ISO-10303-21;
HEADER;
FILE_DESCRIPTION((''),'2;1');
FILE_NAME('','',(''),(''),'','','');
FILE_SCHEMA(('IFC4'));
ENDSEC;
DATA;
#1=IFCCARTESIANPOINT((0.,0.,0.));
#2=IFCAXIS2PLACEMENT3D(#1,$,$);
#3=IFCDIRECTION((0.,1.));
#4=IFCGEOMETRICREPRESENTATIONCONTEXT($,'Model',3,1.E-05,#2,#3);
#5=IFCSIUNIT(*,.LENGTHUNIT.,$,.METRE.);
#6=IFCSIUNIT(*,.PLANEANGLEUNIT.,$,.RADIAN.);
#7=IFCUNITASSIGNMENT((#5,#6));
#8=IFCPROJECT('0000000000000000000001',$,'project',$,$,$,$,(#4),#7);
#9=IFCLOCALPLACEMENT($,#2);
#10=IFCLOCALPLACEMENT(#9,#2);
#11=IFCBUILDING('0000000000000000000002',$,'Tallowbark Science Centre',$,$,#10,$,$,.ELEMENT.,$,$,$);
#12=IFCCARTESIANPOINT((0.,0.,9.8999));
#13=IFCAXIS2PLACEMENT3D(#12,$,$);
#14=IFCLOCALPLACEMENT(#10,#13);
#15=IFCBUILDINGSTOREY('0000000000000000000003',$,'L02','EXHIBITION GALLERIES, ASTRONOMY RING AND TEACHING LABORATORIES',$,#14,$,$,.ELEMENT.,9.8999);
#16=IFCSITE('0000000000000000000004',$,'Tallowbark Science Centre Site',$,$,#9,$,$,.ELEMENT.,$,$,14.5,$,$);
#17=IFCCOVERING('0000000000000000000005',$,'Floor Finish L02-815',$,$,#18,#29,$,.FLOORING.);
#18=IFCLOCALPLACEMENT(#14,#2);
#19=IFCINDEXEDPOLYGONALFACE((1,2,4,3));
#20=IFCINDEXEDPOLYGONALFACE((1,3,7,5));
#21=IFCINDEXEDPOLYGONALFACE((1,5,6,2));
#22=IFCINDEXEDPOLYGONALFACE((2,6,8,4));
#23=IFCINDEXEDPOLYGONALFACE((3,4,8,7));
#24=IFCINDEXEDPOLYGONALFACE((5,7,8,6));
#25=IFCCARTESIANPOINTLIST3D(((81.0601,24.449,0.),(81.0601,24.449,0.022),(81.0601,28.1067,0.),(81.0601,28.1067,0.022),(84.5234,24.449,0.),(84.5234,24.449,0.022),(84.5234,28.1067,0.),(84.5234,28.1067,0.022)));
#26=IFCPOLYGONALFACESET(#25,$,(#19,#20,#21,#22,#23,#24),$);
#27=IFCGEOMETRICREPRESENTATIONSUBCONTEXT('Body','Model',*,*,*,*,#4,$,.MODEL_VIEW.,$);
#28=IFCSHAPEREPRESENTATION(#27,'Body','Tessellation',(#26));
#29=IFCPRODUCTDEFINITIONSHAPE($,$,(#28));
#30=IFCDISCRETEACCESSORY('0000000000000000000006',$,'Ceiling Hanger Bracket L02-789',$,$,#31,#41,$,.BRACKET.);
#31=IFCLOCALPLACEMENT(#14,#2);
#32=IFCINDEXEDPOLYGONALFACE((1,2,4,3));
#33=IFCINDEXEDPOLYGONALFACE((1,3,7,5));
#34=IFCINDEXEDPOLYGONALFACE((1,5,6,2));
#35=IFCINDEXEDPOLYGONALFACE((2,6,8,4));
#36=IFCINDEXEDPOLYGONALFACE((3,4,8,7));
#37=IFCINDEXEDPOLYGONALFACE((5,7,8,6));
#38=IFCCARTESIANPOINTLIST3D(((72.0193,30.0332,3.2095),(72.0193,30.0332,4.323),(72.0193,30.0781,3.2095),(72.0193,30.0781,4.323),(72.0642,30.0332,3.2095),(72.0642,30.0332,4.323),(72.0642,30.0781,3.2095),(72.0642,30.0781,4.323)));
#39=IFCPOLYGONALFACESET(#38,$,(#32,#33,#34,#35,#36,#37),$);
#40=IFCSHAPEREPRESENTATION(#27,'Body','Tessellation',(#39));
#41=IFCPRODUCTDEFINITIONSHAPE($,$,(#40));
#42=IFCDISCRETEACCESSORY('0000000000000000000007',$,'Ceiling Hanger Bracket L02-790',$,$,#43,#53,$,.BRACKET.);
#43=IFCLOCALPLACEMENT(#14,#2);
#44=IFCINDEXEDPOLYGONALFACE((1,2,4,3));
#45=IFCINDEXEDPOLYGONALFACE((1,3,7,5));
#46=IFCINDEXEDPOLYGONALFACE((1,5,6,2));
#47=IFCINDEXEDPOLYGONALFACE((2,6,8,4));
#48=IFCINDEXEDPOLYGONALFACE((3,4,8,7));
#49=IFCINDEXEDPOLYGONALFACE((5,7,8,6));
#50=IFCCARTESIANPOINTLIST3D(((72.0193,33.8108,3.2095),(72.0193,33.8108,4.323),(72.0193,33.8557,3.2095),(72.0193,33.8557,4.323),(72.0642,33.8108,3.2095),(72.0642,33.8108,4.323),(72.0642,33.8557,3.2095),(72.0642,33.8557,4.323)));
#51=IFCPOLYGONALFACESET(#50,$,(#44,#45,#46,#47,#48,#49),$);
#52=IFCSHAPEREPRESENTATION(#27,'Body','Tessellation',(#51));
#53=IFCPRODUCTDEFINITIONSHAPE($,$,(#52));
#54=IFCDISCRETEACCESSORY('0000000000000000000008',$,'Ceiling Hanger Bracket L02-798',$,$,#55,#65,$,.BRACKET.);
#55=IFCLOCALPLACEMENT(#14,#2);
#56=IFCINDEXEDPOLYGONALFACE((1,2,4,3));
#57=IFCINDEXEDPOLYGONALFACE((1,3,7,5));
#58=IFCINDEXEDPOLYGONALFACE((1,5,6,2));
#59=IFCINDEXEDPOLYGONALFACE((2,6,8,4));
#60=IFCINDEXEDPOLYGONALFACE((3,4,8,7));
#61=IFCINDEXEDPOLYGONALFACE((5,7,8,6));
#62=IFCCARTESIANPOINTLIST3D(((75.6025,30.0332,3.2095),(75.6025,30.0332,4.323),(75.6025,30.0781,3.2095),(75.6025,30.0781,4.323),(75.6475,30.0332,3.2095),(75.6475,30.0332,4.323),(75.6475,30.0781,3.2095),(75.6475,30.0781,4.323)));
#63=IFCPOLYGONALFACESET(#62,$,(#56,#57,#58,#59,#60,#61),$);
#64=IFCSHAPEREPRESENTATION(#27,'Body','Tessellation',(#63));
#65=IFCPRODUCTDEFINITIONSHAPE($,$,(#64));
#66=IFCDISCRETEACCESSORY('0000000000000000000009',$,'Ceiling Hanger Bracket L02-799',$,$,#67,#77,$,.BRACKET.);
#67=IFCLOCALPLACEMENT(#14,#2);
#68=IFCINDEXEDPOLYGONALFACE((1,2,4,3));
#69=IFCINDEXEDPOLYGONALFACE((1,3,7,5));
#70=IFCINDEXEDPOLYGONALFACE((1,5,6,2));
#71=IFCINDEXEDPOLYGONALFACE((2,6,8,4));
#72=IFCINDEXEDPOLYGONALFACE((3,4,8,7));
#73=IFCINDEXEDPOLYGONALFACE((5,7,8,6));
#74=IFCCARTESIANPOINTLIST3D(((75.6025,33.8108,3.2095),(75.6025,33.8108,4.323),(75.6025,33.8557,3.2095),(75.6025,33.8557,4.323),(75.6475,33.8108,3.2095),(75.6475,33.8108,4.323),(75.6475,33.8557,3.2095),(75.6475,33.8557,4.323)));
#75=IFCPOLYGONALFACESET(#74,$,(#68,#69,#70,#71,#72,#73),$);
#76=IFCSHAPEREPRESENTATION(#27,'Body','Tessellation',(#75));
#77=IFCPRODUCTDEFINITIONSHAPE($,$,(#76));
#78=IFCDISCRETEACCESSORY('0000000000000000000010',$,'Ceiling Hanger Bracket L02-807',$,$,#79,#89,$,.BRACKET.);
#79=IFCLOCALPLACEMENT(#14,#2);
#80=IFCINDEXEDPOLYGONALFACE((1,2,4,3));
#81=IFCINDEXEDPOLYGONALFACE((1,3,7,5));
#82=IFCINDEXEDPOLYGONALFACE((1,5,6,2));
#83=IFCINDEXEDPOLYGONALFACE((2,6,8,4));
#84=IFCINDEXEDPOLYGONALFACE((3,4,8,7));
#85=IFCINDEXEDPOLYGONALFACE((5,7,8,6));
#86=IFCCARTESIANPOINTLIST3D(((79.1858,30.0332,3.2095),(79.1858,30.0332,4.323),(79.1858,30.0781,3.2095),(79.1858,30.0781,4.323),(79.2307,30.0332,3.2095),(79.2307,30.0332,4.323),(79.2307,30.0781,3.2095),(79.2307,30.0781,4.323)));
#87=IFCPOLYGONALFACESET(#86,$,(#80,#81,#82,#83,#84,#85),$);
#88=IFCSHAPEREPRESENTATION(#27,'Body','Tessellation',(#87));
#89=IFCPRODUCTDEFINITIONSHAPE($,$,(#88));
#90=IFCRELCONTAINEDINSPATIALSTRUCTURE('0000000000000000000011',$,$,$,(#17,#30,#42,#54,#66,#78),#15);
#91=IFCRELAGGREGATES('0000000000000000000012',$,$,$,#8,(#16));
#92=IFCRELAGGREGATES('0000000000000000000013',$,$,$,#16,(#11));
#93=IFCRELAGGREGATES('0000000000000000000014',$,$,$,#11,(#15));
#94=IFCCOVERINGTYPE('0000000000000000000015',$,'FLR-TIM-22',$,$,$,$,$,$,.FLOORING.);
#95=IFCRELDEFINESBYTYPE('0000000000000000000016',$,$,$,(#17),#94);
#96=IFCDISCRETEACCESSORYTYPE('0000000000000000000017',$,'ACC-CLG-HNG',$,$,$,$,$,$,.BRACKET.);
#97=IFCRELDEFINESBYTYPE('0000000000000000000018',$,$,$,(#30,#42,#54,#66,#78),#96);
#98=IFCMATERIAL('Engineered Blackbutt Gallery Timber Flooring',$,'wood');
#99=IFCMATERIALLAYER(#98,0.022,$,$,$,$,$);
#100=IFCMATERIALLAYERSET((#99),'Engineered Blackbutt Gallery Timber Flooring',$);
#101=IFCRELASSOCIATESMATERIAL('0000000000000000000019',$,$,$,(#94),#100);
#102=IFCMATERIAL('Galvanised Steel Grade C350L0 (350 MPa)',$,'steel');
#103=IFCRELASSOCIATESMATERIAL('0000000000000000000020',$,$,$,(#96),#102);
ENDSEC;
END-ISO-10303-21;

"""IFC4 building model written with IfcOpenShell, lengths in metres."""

from ifc_helpers import new_model, si_unit, direction, frame, origin, origin_2d, place, context, subcontext, project, spatial, rectangle, extrude, material, layer, layer_set, type_object, element, save


model = new_model("IFC4")

# Units and contexts
model_context = context("Model", 3, precision=1e-05, world=origin(), true_north=direction((0.0, 1.0)))
body_context = subcontext(model_context, "Body", "Model", "MODEL_VIEW")
ifc_project = project(units=[si_unit("LENGTHUNIT", "METRE"), si_unit("PLANEANGLEUNIT", "RADIAN")], contexts=[model_context])

# Site, building, storey
site_placement = place(None, origin())
site = spatial("IfcSite", under=ifc_project, at=site_placement, Name="Tallowbark Science Centre Site", CompositionType="ELEMENT", RefElevation=14.5)
building_placement = place(site_placement, origin())
building = spatial("IfcBuilding", under=site, at=building_placement, Name="Tallowbark Science Centre", CompositionType="ELEMENT")
storey_placement = place(building_placement, frame((0.0, 0.0, 9.8999)))
storey = spatial("IfcBuildingStorey", under=building, at=storey_placement, Name="L02", Description="EXHIBITION GALLERIES, ASTRONOMY RING AND TEACHING LABORATORIES", CompositionType="ELEMENT", Elevation=9.8999)

# Covering
ifc_material_1 = material(Name="Engineered Blackbutt Gallery Timber Flooring", Category="wood")
ifc_layer_1 = layer(ifc_material_1, 0.022)
ifc_layer_set_1 = layer_set([ifc_layer_1], Name="Engineered Blackbutt Gallery Timber Flooring")
covering_type_1 = type_object("IfcCoveringType", Name="FLR-TIM-22", PredefinedType="FLOORING", material=ifc_layer_set_1)
for number, where, z_axis, x_axis, name in (
    (1, (82.7917, 26.2778, 0.0), (0.0, 0.0, 1.0), (1.0, 0.0, 0.0), "Floor Finish L02-815"),
):
    element("IfcCovering", number, at=place(storey_placement, frame(where, z_axis=z_axis, x_axis=x_axis)), inside=storey, type_object=covering_type_1, Name=name, PredefinedType="FLOORING", context=body_context, shape_type="SweptSolid", body=[
        extrude(rectangle(XDim=3.4634, YDim=3.6577, at=origin_2d()), origin(), (0.0, 0.0, 1.0), 0.022),
    ])

# Discrete accessories
ifc_material_2 = material(Name="Galvanised Steel Grade C350L0 (350 MPa)", Category="steel")
discrete_accessory_type = type_object("IfcDiscreteAccessoryType", Name="ACC-CLG-HNG", PredefinedType="BRACKET", material=ifc_material_2)
for number, where, z_axis, x_axis, name in (
    (2, (72.0417, 30.0557, 3.2095), (0.0, 0.0, 1.0), (1.0, 0.0, 0.0), "Ceiling Hanger Bracket L02-789"),
    (3, (72.0417, 33.8333, 3.2095), (0.0, 0.0, 1.0), (1.0, 0.0, 0.0), "Ceiling Hanger Bracket L02-790"),
    (4, (75.625, 30.0557, 3.2095), (0.0, 0.0, 1.0), (1.0, 0.0, 0.0), "Ceiling Hanger Bracket L02-798"),
    (5, (75.625, 33.8333, 3.2095), (0.0, 0.0, 1.0), (1.0, 0.0, 0.0), "Ceiling Hanger Bracket L02-799"),
    (6, (79.2083, 30.0557, 3.2095), (0.0, 0.0, 1.0), (1.0, 0.0, 0.0), "Ceiling Hanger Bracket L02-807"),
):
    element("IfcDiscreteAccessory", number, at=place(storey_placement, frame(where, z_axis=z_axis, x_axis=x_axis)), inside=storey, type_object=discrete_accessory_type, Name=name, PredefinedType="BRACKET", context=body_context, shape_type="SweptSolid", body=[
        extrude(rectangle(XDim=0.0449, YDim=0.0449, at=origin_2d()), origin(), (0.0, 0.0, 1.0), 1.1135),
    ])

save(model, "model.ifc")
